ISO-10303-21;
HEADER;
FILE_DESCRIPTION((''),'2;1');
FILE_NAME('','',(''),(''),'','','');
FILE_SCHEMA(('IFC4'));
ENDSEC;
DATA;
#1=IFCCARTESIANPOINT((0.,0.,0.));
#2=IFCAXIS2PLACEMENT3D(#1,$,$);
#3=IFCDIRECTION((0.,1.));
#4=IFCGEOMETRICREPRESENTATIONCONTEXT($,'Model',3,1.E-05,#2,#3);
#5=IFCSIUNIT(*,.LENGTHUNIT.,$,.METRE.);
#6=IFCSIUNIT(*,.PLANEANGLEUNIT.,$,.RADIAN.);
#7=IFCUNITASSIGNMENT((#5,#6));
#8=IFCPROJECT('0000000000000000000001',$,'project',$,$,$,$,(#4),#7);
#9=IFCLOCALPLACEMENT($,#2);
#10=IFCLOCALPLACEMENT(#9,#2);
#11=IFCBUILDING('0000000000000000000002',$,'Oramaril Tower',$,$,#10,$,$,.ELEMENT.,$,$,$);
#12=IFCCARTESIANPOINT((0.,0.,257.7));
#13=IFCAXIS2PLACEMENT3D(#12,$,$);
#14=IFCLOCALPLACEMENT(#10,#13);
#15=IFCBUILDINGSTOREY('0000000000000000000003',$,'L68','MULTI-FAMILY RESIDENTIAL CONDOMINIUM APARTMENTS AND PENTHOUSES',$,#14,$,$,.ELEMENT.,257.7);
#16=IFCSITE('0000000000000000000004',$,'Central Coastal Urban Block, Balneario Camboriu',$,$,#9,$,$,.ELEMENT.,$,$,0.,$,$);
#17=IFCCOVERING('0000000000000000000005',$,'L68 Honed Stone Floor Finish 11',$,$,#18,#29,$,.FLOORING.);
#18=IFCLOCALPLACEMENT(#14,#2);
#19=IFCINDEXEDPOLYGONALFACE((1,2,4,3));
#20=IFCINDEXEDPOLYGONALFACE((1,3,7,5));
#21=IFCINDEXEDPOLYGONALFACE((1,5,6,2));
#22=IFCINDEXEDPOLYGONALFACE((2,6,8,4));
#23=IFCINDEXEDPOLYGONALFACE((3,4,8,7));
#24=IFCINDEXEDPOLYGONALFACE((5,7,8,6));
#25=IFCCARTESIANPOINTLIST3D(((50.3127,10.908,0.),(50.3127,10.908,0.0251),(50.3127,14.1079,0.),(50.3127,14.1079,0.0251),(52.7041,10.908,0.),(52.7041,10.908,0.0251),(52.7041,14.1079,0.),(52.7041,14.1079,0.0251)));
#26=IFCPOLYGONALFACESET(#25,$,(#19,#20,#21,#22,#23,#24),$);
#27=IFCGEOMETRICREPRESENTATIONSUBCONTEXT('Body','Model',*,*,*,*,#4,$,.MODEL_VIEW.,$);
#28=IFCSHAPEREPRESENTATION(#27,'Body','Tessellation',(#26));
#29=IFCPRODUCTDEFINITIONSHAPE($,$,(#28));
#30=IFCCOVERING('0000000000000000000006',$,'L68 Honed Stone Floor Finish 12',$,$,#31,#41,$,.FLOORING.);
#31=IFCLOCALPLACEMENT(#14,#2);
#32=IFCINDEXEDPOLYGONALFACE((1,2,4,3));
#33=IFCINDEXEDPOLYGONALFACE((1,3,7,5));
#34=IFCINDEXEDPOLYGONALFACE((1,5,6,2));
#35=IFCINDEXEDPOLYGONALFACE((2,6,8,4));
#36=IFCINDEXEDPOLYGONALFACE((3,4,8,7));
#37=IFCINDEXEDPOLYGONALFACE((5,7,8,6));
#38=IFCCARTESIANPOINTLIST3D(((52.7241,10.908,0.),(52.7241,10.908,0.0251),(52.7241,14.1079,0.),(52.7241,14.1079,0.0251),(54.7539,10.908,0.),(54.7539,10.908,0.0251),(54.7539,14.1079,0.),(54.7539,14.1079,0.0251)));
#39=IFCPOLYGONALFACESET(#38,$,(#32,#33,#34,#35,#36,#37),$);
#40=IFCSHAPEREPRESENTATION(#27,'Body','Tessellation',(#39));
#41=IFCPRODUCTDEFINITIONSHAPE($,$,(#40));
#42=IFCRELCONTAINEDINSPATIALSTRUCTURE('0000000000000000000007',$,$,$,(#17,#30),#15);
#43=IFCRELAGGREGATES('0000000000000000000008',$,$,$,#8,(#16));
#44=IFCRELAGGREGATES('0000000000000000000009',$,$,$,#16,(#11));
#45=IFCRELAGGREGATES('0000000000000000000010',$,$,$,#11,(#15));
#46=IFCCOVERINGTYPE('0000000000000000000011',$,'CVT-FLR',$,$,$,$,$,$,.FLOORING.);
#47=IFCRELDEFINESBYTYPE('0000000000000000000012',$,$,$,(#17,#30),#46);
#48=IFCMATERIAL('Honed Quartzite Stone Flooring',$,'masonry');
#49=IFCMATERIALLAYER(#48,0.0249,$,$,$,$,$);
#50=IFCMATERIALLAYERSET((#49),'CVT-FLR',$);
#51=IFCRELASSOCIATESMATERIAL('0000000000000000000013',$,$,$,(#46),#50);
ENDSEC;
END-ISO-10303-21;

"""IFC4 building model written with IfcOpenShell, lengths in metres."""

from ifc_helpers import new_model, si_unit, direction, frame, origin, place, context, subcontext, project, spatial, polyline, outline, extrude, material, layer, layer_set, type_object, element, save


model = new_model("IFC4")

# Units and contexts
model_context = context("Model", 3, precision=1e-05, world=origin(), true_north=direction((0.0, 1.0)))
body_context = subcontext(model_context, "Body", "Model", "MODEL_VIEW")
ifc_project = project(units=[si_unit("LENGTHUNIT", "METRE"), si_unit("PLANEANGLEUNIT", "RADIAN")], contexts=[model_context])

# Site, building, storey
site_placement = place(None, origin())
site = spatial("IfcSite", under=ifc_project, at=site_placement, Name="Central Coastal Urban Block, Balneario Camboriu", CompositionType="ELEMENT", RefElevation=0.0)
building_placement = place(site_placement, origin())
building = spatial("IfcBuilding", under=site, at=building_placement, Name="Oramaril Tower", CompositionType="ELEMENT")
storey_placement = place(building_placement, frame((0.0, 0.0, 257.7)))
storey = spatial("IfcBuildingStorey", under=building, at=storey_placement, Name="L68", Description="MULTI-FAMILY RESIDENTIAL CONDOMINIUM APARTMENTS AND PENTHOUSES", CompositionType="ELEMENT", Elevation=257.7)

# Coverings
ifc_material_1 = material(Name="Honed Quartzite Stone Flooring", Category="masonry")
ifc_layer_1 = layer(ifc_material_1, 0.0249)
ifc_layer_set_1 = layer_set([ifc_layer_1], Name="CVT-FLR")
covering_type_1 = type_object("IfcCoveringType", Name="CVT-FLR", PredefinedType="FLOORING", material=ifc_layer_set_1)
covering_1_placement = place(storey_placement, origin())
element("IfcCovering", 1, at=covering_1_placement, inside=storey, type_object=covering_type_1, Name="L68 Honed Stone Floor Finish 11", PredefinedType="FLOORING", context=body_context, shape_type="SweptSolid", body=[
    extrude(outline(polyline([(50.3127, 10.908), (50.3127, 14.1079), (52.7041, 14.1079), (52.7041, 10.908), (50.3127, 10.908)])), origin(), (0.0, 0.0, 1.0), 0.0251),
])
covering_2_placement = place(storey_placement, origin())
element("IfcCovering", 2, at=covering_2_placement, inside=storey, type_object=covering_type_1, Name="L68 Honed Stone Floor Finish 12", PredefinedType="FLOORING", context=body_context, shape_type="SweptSolid", body=[
    extrude(outline(polyline([(52.7241, 10.908), (52.7241, 14.1079), (54.7539, 14.1079), (54.7539, 10.908), (52.7241, 10.908)])), origin(), (0.0, 0.0, 1.0), 0.0251),
])

save(model, "model.ifc")
